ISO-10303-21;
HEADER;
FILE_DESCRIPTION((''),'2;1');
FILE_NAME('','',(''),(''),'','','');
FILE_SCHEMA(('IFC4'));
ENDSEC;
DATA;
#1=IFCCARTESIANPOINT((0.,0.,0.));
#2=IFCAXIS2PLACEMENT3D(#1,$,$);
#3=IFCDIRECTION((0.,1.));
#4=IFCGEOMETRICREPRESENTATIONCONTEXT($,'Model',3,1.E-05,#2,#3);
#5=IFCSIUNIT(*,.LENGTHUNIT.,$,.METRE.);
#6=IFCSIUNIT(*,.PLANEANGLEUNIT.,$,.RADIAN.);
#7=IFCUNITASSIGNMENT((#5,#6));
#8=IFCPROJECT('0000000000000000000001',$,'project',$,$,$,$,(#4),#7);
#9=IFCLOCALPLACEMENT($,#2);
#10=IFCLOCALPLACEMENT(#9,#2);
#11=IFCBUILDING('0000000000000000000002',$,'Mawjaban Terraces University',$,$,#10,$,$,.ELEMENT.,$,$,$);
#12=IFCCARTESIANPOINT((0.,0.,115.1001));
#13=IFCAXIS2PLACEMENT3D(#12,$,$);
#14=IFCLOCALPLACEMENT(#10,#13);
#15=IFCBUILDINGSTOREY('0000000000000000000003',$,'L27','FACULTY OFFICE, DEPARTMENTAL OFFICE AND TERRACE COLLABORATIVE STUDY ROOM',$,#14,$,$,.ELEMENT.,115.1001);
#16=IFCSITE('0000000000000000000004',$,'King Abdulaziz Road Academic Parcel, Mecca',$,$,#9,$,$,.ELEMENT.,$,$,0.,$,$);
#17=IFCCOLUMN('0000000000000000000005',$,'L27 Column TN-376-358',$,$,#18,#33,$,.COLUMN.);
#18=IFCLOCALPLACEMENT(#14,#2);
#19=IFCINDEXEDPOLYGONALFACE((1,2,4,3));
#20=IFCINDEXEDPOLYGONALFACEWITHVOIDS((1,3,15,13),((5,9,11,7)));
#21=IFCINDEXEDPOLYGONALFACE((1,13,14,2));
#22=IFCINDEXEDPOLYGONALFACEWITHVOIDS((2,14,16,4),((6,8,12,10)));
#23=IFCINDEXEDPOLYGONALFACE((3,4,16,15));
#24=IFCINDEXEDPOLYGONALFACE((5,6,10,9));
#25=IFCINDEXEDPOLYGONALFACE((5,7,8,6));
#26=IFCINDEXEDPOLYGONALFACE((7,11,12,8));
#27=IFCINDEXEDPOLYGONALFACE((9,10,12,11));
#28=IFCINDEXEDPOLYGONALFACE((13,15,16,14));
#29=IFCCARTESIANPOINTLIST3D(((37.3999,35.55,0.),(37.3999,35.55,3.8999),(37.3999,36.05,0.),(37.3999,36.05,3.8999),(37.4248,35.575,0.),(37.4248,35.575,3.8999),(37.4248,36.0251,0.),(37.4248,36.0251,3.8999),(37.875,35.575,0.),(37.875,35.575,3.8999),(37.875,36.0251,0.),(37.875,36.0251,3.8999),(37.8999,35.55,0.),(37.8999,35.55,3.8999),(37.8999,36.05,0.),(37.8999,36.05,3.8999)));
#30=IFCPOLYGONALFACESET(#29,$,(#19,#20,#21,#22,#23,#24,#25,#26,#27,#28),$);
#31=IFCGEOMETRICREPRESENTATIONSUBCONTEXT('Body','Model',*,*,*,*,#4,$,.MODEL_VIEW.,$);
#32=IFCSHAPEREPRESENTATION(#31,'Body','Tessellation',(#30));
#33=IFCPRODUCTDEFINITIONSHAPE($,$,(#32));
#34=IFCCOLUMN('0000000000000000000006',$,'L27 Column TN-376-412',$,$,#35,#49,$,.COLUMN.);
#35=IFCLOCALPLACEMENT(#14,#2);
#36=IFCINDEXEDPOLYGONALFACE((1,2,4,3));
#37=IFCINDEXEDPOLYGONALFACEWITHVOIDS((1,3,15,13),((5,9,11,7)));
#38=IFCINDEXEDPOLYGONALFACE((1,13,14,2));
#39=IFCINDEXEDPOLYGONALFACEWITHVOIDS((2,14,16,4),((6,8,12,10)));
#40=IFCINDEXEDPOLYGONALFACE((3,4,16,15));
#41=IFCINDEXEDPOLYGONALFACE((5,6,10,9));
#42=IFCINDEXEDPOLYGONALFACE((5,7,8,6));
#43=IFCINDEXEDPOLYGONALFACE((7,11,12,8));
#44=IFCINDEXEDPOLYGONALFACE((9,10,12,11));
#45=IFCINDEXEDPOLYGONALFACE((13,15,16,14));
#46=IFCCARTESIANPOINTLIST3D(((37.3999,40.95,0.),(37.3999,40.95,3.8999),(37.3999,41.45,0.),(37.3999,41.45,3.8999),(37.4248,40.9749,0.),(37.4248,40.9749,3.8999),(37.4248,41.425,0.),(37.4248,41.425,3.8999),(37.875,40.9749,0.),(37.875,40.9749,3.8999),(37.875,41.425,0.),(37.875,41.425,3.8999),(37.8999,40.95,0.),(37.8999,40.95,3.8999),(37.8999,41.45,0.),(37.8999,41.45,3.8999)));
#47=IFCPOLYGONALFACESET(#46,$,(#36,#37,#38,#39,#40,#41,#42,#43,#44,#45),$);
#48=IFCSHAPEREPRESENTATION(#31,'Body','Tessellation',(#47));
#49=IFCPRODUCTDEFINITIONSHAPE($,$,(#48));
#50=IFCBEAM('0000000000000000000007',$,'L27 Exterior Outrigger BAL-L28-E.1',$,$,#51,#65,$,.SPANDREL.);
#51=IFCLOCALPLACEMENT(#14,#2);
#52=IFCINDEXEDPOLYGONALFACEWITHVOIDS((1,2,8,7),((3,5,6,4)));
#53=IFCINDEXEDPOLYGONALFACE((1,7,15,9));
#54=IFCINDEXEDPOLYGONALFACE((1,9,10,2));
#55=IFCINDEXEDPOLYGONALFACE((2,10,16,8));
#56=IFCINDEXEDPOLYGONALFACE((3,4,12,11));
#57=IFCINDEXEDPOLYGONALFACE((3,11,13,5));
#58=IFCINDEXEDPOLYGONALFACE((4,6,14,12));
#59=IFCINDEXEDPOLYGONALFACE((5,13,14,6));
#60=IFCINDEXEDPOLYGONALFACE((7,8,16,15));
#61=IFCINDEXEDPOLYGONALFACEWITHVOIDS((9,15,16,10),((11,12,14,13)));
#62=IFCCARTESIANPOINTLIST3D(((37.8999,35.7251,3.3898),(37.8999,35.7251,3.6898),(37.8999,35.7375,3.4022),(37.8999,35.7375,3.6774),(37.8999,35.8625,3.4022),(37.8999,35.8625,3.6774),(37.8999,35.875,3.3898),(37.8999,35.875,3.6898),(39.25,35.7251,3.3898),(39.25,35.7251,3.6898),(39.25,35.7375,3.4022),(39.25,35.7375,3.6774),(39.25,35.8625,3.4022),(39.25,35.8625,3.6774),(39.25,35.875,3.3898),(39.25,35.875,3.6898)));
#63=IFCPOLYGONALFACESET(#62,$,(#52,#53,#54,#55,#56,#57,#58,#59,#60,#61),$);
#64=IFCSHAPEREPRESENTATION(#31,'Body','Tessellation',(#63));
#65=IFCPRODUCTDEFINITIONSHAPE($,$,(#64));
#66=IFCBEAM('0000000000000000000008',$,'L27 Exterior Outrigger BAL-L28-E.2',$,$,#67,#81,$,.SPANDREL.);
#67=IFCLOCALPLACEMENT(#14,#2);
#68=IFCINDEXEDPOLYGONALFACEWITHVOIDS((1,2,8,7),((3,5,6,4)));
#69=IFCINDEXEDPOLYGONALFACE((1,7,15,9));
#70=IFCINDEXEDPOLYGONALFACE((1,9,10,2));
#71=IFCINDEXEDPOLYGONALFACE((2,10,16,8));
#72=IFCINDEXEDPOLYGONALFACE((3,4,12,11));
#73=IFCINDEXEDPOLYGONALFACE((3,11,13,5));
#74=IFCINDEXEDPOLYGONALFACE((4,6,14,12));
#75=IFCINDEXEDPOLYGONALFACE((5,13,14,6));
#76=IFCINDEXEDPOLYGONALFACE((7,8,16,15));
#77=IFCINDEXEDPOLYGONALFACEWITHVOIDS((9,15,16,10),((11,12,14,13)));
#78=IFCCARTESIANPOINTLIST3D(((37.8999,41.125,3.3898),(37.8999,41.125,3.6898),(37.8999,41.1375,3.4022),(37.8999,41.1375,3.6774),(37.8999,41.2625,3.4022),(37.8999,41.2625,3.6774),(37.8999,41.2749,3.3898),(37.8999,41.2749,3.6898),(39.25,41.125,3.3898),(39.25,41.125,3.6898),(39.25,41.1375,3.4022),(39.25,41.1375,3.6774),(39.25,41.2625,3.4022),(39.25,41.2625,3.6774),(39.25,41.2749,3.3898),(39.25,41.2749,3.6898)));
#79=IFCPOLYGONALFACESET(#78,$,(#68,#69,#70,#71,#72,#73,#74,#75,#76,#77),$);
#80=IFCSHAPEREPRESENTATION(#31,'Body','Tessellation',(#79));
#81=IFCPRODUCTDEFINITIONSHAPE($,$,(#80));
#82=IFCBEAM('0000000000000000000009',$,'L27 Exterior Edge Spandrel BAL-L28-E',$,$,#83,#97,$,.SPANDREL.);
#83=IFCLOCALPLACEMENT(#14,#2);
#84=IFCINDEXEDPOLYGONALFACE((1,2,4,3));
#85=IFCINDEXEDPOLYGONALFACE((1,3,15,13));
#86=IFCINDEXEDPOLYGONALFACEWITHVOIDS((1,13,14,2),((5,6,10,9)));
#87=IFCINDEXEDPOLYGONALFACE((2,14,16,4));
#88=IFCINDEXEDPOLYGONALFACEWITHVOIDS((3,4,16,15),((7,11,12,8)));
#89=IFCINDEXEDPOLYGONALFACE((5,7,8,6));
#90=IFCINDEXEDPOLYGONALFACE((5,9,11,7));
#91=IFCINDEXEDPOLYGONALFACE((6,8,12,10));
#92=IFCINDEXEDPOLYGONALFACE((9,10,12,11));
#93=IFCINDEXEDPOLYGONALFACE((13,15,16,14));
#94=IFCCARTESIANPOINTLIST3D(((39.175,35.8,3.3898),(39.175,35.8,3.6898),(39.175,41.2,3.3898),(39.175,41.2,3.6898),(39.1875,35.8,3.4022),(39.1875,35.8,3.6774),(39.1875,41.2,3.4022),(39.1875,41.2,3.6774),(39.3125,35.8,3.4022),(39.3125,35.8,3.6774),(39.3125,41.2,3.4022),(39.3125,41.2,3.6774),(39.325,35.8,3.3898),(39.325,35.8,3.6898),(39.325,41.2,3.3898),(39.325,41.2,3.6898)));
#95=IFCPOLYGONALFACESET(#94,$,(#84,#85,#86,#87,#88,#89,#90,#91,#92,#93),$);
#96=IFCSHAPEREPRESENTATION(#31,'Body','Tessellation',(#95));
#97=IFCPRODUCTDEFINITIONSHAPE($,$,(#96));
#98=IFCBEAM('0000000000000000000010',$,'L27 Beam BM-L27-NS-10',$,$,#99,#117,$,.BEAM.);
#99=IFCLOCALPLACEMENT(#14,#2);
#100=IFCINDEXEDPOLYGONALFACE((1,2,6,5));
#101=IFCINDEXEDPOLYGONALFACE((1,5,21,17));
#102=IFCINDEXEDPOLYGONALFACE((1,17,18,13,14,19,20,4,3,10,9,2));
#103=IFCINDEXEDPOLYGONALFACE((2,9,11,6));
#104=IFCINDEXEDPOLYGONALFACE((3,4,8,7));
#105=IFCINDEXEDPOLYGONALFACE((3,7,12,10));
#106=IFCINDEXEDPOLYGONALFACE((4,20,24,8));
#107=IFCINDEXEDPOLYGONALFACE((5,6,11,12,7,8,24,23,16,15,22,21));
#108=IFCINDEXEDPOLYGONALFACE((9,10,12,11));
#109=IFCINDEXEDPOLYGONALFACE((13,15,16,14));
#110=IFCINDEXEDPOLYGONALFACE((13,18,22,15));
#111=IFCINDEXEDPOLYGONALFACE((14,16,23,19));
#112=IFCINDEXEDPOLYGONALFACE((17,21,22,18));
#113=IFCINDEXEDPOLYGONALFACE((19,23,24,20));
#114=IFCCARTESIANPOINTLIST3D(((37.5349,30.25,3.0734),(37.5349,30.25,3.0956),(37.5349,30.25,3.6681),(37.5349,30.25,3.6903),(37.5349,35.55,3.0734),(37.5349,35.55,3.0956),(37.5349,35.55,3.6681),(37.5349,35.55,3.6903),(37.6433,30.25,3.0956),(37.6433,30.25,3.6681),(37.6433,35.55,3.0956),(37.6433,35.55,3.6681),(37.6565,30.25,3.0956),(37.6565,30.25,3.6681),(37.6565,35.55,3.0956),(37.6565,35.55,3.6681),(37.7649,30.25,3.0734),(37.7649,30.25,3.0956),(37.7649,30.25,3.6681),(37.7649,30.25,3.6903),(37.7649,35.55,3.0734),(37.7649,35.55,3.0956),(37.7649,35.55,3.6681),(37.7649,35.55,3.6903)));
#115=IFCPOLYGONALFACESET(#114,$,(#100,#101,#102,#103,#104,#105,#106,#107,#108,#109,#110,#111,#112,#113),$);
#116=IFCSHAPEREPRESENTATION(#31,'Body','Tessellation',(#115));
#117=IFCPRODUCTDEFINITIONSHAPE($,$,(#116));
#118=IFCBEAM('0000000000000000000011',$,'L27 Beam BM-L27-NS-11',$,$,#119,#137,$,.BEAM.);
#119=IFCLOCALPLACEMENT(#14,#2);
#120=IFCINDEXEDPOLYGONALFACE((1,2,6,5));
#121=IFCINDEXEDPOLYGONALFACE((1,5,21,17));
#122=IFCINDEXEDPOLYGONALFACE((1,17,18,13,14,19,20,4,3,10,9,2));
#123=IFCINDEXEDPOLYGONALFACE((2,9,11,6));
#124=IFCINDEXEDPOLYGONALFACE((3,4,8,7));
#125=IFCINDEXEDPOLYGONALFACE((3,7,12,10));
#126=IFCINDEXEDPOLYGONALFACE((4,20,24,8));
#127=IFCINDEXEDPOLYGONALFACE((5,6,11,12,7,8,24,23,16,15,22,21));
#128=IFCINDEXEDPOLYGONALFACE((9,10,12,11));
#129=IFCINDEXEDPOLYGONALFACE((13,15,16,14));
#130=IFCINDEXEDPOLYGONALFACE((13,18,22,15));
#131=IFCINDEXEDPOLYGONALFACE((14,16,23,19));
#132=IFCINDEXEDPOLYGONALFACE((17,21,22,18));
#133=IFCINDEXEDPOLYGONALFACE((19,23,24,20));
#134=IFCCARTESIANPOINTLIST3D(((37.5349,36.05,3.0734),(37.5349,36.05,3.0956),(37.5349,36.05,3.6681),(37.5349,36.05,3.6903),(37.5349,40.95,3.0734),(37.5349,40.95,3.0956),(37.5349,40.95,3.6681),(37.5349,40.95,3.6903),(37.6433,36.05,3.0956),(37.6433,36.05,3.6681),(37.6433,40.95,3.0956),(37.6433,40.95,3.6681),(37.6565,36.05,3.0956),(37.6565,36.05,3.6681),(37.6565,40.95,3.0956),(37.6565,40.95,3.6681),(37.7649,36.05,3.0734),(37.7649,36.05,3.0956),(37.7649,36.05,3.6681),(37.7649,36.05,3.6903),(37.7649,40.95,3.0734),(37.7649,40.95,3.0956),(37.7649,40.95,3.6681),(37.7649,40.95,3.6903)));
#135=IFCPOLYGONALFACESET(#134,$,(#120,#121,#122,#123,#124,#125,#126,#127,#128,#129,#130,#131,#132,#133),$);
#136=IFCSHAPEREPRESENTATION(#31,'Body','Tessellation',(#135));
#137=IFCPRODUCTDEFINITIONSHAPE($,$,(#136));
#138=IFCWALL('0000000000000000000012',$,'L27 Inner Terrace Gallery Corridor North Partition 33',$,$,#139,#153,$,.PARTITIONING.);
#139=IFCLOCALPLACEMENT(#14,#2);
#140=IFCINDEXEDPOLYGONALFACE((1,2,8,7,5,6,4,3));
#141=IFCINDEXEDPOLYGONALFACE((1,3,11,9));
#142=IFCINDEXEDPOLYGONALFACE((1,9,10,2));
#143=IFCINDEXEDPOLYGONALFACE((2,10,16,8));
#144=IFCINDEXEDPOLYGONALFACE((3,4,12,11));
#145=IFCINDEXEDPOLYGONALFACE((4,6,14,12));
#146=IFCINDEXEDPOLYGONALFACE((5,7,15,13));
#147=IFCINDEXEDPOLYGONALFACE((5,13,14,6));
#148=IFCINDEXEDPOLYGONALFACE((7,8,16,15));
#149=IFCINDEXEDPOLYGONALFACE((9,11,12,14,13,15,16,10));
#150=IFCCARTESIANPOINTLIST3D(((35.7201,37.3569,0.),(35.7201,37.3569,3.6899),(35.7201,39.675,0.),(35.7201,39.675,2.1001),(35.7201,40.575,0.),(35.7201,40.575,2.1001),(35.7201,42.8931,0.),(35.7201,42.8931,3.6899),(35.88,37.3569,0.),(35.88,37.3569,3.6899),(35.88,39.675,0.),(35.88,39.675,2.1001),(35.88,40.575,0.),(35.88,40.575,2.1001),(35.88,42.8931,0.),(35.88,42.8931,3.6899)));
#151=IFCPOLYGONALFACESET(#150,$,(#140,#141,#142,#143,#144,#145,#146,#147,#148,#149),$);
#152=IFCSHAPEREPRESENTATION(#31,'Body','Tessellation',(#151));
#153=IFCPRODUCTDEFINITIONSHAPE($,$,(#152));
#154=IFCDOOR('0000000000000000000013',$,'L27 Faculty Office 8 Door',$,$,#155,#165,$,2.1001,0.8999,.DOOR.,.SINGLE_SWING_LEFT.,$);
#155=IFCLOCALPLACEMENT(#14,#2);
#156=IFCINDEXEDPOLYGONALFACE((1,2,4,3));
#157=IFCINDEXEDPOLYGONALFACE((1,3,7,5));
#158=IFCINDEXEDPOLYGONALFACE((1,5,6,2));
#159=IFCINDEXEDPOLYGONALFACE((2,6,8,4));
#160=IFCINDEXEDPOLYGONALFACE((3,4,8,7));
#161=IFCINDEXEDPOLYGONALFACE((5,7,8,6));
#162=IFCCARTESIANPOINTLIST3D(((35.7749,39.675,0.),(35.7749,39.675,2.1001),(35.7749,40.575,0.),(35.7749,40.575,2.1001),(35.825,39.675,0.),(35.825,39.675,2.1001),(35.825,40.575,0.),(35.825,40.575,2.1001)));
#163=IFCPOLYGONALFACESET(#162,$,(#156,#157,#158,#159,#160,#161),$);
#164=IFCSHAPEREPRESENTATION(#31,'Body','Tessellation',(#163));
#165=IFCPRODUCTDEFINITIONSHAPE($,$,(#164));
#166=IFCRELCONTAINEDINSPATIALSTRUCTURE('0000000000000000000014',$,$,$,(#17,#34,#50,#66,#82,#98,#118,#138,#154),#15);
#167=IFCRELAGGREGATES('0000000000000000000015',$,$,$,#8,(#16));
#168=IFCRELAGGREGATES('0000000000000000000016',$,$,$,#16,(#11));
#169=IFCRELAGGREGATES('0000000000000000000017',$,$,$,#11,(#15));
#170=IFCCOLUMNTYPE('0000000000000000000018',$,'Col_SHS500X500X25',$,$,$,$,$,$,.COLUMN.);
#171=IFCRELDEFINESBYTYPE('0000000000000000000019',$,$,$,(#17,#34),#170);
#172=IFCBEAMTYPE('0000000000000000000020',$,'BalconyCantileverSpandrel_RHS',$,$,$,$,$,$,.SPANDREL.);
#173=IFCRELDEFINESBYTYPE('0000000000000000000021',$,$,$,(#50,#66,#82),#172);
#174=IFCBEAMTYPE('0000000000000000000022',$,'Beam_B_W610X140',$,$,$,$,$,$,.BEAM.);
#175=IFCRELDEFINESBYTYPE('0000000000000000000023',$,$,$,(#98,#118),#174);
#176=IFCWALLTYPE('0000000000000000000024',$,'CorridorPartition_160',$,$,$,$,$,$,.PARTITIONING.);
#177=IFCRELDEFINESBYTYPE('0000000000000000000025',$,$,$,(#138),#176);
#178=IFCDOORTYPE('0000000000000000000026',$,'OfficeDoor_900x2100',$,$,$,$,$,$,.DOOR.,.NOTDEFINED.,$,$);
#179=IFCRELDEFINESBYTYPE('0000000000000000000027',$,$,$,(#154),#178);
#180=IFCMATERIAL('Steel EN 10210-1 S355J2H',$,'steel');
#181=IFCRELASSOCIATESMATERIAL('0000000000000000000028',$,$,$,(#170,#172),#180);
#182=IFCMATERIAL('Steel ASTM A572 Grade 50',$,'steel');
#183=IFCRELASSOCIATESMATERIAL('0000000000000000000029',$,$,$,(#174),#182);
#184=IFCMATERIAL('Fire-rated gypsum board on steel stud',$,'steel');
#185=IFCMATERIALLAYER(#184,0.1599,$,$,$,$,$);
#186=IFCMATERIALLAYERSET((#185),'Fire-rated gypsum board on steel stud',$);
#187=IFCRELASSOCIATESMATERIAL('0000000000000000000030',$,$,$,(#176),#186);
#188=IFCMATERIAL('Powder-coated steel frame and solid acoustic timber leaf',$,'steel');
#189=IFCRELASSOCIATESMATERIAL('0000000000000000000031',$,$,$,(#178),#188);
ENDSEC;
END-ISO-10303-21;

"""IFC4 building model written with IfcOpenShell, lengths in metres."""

from ifc_helpers import new_model, si_unit, direction, frame, frame_2d, origin, origin_2d, place, context, subcontext, project, spatial, rectangle, hollow_rectangle, i_section, extrude, material, layer, layer_set, material_profile, profile_set, type_object, element, fill, save


model = new_model("IFC4")

# Units and contexts
model_context = context("Model", 3, precision=1e-05, world=origin(), true_north=direction((0.0, 1.0)))
body_context = subcontext(model_context, "Body", "Model", "MODEL_VIEW")
ifc_project = project(units=[si_unit("LENGTHUNIT", "METRE"), si_unit("PLANEANGLEUNIT", "RADIAN")], contexts=[model_context])

# Site, building, storey
site_placement = place(None, origin())
site = spatial("IfcSite", under=ifc_project, at=site_placement, Name="King Abdulaziz Road Academic Parcel, Mecca", CompositionType="ELEMENT", RefElevation=0.0)
building_placement = place(site_placement, origin())
building = spatial("IfcBuilding", under=site, at=building_placement, Name="Mawjaban Terraces University", CompositionType="ELEMENT")
storey_placement = place(building_placement, frame((0.0, 0.0, 115.1001)))
storey = spatial("IfcBuildingStorey", under=building, at=storey_placement, Name="L27", Description="FACULTY OFFICE, DEPARTMENTAL OFFICE AND TERRACE COLLABORATIVE STUDY ROOM", CompositionType="ELEMENT", Elevation=115.1001)

# Columns
ifc_material_1 = material(Name="Steel EN 10210-1 S355J2H", Category="steel")
ifc_material_profile_1 = material_profile(ifc_material_1, hollow_rectangle(XDim=0.5, YDim=0.5, WallThickness=0.0249, at=origin_2d()), Name="SHS500X500X25")
ifc_profile_set_1 = profile_set([ifc_material_profile_1], Name="Steel EN 10210-1 S355J2H")
column_type = type_object("IfcColumnType", Name="Col_SHS500X500X25", PredefinedType="COLUMN", material=ifc_profile_set_1)
for number, where, z_axis, x_axis, name in (
    (1, (37.6499, 35.8, 0.0), (0.0, 0.0, 1.0), (1.0, 0.0, 0.0), "L27 Column TN-376-358"),
    (2, (37.6499, 41.2, 0.0), (0.0, 0.0, 1.0), (1.0, 0.0, 0.0), "L27 Column TN-376-412"),
):
    element("IfcColumn", number, at=place(storey_placement, frame(where, z_axis=z_axis, x_axis=x_axis)), inside=storey, type_object=column_type, Name=name, PredefinedType="COLUMN", context=body_context, shape_type="SweptSolid", body=[
        extrude(hollow_rectangle(XDim=0.5, YDim=0.5, WallThickness=0.0249, at=origin_2d()), origin(), (0.0, 0.0, 1.0), 3.8999),
    ])

# Beams
ifc_material_profile_2 = material_profile(ifc_material_1, hollow_rectangle(XDim=0.1499, YDim=0.3, WallThickness=0.0125, at=origin_2d()), Name="RHS300X150X12.5")
ifc_profile_set_2 = profile_set([ifc_material_profile_2], Name="Steel EN 10210-1 S355J2H")
beam_type_1 = type_object("IfcBeamType", Name="BalconyCantileverSpandrel_RHS", PredefinedType="SPANDREL", material=ifc_profile_set_2)
for number, where, z_axis, x_axis, name in (
    (3, (37.8999, 35.8, 3.5398), (1.0, 0.0, 0.0), (0.0, 1.0, 0.0), "L27 Exterior Outrigger BAL-L28-E.1"),
    (4, (37.8999, 41.2, 3.5398), (1.0, 0.0, 0.0), (0.0, 1.0, 0.0), "L27 Exterior Outrigger BAL-L28-E.2"),
):
    element("IfcBeam", number, at=place(storey_placement, frame(where, z_axis=z_axis, x_axis=x_axis)), inside=storey, type_object=beam_type_1, Name=name, PredefinedType="SPANDREL", context=body_context, shape_type="SweptSolid", body=[
        extrude(hollow_rectangle(XDim=0.1499, YDim=0.3, WallThickness=0.0125, at=origin_2d()), origin(), (0.0, 0.0, 1.0), 1.3501),
    ])
beam_1_placement = place(storey_placement, frame((39.25, 35.8, 3.5398), z_axis=(0.0, 1.0, 0.0), x_axis=(-1.0, 0.0, 0.0)))
element("IfcBeam", 5, at=beam_1_placement, inside=storey, type_object=beam_type_1, Name="L27 Exterior Edge Spandrel BAL-L28-E", PredefinedType="SPANDREL", context=body_context, shape_type="SweptSolid", body=[
    extrude(hollow_rectangle(XDim=0.1499, YDim=0.3, WallThickness=0.0125, at=origin_2d()), origin(), (0.0, 0.0, 1.0), 5.3999),
])
ifc_material_2 = material(Name="Steel ASTM A572 Grade 50", Category="steel")
ifc_material_profile_3 = material_profile(ifc_material_2, i_section(OverallWidth=0.23, OverallDepth=0.6169, WebThickness=0.0132, FlangeThickness=0.0222, at=origin_2d()), Name="W610X140")
ifc_profile_set_3 = profile_set([ifc_material_profile_3], Name="Steel ASTM A572 Grade 50")
beam_type_2 = type_object("IfcBeamType", Name="Beam_B_W610X140", PredefinedType="BEAM", material=ifc_profile_set_3)
beam_2_placement = place(storey_placement, frame((37.6499, 30.25, 3.3818), z_axis=(0.0, 1.0, 0.0), x_axis=(-1.0, 0.0, 0.0)))
element("IfcBeam", 6, at=beam_2_placement, inside=storey, type_object=beam_type_2, Name="L27 Beam BM-L27-NS-10", PredefinedType="BEAM", context=body_context, shape_type="SweptSolid", body=[
    extrude(i_section(OverallWidth=0.23, OverallDepth=0.6169, WebThickness=0.0132, FlangeThickness=0.0222, at=origin_2d()), origin(), (0.0, 0.0, 1.0), 5.3),
])
beam_3_placement = place(storey_placement, frame((37.6499, 36.05, 3.3818), z_axis=(0.0, 1.0, 0.0), x_axis=(-1.0, 0.0, 0.0)))
element("IfcBeam", 7, at=beam_3_placement, inside=storey, type_object=beam_type_2, Name="L27 Beam BM-L27-NS-11", PredefinedType="BEAM", context=body_context, shape_type="SweptSolid", body=[
    extrude(i_section(OverallWidth=0.23, OverallDepth=0.6169, WebThickness=0.0132, FlangeThickness=0.0222, at=origin_2d()), origin(), (0.0, 0.0, 1.0), 4.8999),
])

# Wall, opening, door
ifc_material_3 = material(Name="Fire-rated gypsum board on steel stud", Category="steel")
ifc_layer_1 = layer(ifc_material_3, 0.1599)
ifc_layer_set_1 = layer_set([ifc_layer_1], Name="Fire-rated gypsum board on steel stud")
wall_type_1 = type_object("IfcWallType", Name="CorridorPartition_160", PredefinedType="PARTITIONING", material=ifc_layer_set_1)
wall_1_placement = place(storey_placement, frame((35.8, 42.8931, 0.0), z_axis=(0.0, 0.0, 1.0), x_axis=(0.0, -1.0, 0.0)))
wall_1 = element("IfcWall", 8, at=wall_1_placement, inside=storey, type_object=wall_type_1, Name="L27 Inner Terrace Gallery Corridor North Partition 33", PredefinedType="PARTITIONING", context=body_context, shape_type="SweptSolid", body=[
    extrude(rectangle(XDim=5.5361, YDim=0.1599, at=frame_2d((2.7681, 0.0))), origin(), (0.0, 0.0, 1.0), 3.6899),
])
opening_1_placement = place(wall_1_placement, frame((2.3181, 0.0, 0.0)))
opening_1 = element("IfcOpeningElement", 9, at=opening_1_placement, cuts=wall_1, PredefinedType="OPENING", context=body_context, shape_type="SweptSolid", body=[
    extrude(rectangle(XDim=0.8999, YDim=2.1001, at=frame_2d((0.45, 1.05))), frame((0.0, 0.0898, 0.0), z_axis=(0.0, -1.0, 0.0), x_axis=(1.0, 0.0, 0.0)), (0.0, 0.0, 1.0), 0.1799),
])
ifc_material_4 = material(Name="Powder-coated steel frame and solid acoustic timber leaf", Category="steel")
door_type = type_object("IfcDoorType", Name="OfficeDoor_900x2100", OperationType="NOTDEFINED", PredefinedType="DOOR", material=ifc_material_4)
door_1_placement = place(opening_1_placement, origin())
door_1 = element("IfcDoor", 10, at=door_1_placement, inside=storey, type_object=door_type, Name="L27 Faculty Office 8 Door", OperationType="SINGLE_SWING_LEFT", OverallHeight=2.1001, OverallWidth=0.8999, PredefinedType="DOOR", context=body_context, shape_type="SweptSolid", body=[
    extrude(rectangle(XDim=0.8999, YDim=2.1001, at=frame_2d((0.45, 1.05))), frame((0.0, 0.0249, 0.0), z_axis=(0.0, -1.0, 0.0), x_axis=(1.0, 0.0, 0.0)), (0.0, 0.0, 1.0), 0.05),
])
fill(opening_1, door_1)

save(model, "model.ifc")
